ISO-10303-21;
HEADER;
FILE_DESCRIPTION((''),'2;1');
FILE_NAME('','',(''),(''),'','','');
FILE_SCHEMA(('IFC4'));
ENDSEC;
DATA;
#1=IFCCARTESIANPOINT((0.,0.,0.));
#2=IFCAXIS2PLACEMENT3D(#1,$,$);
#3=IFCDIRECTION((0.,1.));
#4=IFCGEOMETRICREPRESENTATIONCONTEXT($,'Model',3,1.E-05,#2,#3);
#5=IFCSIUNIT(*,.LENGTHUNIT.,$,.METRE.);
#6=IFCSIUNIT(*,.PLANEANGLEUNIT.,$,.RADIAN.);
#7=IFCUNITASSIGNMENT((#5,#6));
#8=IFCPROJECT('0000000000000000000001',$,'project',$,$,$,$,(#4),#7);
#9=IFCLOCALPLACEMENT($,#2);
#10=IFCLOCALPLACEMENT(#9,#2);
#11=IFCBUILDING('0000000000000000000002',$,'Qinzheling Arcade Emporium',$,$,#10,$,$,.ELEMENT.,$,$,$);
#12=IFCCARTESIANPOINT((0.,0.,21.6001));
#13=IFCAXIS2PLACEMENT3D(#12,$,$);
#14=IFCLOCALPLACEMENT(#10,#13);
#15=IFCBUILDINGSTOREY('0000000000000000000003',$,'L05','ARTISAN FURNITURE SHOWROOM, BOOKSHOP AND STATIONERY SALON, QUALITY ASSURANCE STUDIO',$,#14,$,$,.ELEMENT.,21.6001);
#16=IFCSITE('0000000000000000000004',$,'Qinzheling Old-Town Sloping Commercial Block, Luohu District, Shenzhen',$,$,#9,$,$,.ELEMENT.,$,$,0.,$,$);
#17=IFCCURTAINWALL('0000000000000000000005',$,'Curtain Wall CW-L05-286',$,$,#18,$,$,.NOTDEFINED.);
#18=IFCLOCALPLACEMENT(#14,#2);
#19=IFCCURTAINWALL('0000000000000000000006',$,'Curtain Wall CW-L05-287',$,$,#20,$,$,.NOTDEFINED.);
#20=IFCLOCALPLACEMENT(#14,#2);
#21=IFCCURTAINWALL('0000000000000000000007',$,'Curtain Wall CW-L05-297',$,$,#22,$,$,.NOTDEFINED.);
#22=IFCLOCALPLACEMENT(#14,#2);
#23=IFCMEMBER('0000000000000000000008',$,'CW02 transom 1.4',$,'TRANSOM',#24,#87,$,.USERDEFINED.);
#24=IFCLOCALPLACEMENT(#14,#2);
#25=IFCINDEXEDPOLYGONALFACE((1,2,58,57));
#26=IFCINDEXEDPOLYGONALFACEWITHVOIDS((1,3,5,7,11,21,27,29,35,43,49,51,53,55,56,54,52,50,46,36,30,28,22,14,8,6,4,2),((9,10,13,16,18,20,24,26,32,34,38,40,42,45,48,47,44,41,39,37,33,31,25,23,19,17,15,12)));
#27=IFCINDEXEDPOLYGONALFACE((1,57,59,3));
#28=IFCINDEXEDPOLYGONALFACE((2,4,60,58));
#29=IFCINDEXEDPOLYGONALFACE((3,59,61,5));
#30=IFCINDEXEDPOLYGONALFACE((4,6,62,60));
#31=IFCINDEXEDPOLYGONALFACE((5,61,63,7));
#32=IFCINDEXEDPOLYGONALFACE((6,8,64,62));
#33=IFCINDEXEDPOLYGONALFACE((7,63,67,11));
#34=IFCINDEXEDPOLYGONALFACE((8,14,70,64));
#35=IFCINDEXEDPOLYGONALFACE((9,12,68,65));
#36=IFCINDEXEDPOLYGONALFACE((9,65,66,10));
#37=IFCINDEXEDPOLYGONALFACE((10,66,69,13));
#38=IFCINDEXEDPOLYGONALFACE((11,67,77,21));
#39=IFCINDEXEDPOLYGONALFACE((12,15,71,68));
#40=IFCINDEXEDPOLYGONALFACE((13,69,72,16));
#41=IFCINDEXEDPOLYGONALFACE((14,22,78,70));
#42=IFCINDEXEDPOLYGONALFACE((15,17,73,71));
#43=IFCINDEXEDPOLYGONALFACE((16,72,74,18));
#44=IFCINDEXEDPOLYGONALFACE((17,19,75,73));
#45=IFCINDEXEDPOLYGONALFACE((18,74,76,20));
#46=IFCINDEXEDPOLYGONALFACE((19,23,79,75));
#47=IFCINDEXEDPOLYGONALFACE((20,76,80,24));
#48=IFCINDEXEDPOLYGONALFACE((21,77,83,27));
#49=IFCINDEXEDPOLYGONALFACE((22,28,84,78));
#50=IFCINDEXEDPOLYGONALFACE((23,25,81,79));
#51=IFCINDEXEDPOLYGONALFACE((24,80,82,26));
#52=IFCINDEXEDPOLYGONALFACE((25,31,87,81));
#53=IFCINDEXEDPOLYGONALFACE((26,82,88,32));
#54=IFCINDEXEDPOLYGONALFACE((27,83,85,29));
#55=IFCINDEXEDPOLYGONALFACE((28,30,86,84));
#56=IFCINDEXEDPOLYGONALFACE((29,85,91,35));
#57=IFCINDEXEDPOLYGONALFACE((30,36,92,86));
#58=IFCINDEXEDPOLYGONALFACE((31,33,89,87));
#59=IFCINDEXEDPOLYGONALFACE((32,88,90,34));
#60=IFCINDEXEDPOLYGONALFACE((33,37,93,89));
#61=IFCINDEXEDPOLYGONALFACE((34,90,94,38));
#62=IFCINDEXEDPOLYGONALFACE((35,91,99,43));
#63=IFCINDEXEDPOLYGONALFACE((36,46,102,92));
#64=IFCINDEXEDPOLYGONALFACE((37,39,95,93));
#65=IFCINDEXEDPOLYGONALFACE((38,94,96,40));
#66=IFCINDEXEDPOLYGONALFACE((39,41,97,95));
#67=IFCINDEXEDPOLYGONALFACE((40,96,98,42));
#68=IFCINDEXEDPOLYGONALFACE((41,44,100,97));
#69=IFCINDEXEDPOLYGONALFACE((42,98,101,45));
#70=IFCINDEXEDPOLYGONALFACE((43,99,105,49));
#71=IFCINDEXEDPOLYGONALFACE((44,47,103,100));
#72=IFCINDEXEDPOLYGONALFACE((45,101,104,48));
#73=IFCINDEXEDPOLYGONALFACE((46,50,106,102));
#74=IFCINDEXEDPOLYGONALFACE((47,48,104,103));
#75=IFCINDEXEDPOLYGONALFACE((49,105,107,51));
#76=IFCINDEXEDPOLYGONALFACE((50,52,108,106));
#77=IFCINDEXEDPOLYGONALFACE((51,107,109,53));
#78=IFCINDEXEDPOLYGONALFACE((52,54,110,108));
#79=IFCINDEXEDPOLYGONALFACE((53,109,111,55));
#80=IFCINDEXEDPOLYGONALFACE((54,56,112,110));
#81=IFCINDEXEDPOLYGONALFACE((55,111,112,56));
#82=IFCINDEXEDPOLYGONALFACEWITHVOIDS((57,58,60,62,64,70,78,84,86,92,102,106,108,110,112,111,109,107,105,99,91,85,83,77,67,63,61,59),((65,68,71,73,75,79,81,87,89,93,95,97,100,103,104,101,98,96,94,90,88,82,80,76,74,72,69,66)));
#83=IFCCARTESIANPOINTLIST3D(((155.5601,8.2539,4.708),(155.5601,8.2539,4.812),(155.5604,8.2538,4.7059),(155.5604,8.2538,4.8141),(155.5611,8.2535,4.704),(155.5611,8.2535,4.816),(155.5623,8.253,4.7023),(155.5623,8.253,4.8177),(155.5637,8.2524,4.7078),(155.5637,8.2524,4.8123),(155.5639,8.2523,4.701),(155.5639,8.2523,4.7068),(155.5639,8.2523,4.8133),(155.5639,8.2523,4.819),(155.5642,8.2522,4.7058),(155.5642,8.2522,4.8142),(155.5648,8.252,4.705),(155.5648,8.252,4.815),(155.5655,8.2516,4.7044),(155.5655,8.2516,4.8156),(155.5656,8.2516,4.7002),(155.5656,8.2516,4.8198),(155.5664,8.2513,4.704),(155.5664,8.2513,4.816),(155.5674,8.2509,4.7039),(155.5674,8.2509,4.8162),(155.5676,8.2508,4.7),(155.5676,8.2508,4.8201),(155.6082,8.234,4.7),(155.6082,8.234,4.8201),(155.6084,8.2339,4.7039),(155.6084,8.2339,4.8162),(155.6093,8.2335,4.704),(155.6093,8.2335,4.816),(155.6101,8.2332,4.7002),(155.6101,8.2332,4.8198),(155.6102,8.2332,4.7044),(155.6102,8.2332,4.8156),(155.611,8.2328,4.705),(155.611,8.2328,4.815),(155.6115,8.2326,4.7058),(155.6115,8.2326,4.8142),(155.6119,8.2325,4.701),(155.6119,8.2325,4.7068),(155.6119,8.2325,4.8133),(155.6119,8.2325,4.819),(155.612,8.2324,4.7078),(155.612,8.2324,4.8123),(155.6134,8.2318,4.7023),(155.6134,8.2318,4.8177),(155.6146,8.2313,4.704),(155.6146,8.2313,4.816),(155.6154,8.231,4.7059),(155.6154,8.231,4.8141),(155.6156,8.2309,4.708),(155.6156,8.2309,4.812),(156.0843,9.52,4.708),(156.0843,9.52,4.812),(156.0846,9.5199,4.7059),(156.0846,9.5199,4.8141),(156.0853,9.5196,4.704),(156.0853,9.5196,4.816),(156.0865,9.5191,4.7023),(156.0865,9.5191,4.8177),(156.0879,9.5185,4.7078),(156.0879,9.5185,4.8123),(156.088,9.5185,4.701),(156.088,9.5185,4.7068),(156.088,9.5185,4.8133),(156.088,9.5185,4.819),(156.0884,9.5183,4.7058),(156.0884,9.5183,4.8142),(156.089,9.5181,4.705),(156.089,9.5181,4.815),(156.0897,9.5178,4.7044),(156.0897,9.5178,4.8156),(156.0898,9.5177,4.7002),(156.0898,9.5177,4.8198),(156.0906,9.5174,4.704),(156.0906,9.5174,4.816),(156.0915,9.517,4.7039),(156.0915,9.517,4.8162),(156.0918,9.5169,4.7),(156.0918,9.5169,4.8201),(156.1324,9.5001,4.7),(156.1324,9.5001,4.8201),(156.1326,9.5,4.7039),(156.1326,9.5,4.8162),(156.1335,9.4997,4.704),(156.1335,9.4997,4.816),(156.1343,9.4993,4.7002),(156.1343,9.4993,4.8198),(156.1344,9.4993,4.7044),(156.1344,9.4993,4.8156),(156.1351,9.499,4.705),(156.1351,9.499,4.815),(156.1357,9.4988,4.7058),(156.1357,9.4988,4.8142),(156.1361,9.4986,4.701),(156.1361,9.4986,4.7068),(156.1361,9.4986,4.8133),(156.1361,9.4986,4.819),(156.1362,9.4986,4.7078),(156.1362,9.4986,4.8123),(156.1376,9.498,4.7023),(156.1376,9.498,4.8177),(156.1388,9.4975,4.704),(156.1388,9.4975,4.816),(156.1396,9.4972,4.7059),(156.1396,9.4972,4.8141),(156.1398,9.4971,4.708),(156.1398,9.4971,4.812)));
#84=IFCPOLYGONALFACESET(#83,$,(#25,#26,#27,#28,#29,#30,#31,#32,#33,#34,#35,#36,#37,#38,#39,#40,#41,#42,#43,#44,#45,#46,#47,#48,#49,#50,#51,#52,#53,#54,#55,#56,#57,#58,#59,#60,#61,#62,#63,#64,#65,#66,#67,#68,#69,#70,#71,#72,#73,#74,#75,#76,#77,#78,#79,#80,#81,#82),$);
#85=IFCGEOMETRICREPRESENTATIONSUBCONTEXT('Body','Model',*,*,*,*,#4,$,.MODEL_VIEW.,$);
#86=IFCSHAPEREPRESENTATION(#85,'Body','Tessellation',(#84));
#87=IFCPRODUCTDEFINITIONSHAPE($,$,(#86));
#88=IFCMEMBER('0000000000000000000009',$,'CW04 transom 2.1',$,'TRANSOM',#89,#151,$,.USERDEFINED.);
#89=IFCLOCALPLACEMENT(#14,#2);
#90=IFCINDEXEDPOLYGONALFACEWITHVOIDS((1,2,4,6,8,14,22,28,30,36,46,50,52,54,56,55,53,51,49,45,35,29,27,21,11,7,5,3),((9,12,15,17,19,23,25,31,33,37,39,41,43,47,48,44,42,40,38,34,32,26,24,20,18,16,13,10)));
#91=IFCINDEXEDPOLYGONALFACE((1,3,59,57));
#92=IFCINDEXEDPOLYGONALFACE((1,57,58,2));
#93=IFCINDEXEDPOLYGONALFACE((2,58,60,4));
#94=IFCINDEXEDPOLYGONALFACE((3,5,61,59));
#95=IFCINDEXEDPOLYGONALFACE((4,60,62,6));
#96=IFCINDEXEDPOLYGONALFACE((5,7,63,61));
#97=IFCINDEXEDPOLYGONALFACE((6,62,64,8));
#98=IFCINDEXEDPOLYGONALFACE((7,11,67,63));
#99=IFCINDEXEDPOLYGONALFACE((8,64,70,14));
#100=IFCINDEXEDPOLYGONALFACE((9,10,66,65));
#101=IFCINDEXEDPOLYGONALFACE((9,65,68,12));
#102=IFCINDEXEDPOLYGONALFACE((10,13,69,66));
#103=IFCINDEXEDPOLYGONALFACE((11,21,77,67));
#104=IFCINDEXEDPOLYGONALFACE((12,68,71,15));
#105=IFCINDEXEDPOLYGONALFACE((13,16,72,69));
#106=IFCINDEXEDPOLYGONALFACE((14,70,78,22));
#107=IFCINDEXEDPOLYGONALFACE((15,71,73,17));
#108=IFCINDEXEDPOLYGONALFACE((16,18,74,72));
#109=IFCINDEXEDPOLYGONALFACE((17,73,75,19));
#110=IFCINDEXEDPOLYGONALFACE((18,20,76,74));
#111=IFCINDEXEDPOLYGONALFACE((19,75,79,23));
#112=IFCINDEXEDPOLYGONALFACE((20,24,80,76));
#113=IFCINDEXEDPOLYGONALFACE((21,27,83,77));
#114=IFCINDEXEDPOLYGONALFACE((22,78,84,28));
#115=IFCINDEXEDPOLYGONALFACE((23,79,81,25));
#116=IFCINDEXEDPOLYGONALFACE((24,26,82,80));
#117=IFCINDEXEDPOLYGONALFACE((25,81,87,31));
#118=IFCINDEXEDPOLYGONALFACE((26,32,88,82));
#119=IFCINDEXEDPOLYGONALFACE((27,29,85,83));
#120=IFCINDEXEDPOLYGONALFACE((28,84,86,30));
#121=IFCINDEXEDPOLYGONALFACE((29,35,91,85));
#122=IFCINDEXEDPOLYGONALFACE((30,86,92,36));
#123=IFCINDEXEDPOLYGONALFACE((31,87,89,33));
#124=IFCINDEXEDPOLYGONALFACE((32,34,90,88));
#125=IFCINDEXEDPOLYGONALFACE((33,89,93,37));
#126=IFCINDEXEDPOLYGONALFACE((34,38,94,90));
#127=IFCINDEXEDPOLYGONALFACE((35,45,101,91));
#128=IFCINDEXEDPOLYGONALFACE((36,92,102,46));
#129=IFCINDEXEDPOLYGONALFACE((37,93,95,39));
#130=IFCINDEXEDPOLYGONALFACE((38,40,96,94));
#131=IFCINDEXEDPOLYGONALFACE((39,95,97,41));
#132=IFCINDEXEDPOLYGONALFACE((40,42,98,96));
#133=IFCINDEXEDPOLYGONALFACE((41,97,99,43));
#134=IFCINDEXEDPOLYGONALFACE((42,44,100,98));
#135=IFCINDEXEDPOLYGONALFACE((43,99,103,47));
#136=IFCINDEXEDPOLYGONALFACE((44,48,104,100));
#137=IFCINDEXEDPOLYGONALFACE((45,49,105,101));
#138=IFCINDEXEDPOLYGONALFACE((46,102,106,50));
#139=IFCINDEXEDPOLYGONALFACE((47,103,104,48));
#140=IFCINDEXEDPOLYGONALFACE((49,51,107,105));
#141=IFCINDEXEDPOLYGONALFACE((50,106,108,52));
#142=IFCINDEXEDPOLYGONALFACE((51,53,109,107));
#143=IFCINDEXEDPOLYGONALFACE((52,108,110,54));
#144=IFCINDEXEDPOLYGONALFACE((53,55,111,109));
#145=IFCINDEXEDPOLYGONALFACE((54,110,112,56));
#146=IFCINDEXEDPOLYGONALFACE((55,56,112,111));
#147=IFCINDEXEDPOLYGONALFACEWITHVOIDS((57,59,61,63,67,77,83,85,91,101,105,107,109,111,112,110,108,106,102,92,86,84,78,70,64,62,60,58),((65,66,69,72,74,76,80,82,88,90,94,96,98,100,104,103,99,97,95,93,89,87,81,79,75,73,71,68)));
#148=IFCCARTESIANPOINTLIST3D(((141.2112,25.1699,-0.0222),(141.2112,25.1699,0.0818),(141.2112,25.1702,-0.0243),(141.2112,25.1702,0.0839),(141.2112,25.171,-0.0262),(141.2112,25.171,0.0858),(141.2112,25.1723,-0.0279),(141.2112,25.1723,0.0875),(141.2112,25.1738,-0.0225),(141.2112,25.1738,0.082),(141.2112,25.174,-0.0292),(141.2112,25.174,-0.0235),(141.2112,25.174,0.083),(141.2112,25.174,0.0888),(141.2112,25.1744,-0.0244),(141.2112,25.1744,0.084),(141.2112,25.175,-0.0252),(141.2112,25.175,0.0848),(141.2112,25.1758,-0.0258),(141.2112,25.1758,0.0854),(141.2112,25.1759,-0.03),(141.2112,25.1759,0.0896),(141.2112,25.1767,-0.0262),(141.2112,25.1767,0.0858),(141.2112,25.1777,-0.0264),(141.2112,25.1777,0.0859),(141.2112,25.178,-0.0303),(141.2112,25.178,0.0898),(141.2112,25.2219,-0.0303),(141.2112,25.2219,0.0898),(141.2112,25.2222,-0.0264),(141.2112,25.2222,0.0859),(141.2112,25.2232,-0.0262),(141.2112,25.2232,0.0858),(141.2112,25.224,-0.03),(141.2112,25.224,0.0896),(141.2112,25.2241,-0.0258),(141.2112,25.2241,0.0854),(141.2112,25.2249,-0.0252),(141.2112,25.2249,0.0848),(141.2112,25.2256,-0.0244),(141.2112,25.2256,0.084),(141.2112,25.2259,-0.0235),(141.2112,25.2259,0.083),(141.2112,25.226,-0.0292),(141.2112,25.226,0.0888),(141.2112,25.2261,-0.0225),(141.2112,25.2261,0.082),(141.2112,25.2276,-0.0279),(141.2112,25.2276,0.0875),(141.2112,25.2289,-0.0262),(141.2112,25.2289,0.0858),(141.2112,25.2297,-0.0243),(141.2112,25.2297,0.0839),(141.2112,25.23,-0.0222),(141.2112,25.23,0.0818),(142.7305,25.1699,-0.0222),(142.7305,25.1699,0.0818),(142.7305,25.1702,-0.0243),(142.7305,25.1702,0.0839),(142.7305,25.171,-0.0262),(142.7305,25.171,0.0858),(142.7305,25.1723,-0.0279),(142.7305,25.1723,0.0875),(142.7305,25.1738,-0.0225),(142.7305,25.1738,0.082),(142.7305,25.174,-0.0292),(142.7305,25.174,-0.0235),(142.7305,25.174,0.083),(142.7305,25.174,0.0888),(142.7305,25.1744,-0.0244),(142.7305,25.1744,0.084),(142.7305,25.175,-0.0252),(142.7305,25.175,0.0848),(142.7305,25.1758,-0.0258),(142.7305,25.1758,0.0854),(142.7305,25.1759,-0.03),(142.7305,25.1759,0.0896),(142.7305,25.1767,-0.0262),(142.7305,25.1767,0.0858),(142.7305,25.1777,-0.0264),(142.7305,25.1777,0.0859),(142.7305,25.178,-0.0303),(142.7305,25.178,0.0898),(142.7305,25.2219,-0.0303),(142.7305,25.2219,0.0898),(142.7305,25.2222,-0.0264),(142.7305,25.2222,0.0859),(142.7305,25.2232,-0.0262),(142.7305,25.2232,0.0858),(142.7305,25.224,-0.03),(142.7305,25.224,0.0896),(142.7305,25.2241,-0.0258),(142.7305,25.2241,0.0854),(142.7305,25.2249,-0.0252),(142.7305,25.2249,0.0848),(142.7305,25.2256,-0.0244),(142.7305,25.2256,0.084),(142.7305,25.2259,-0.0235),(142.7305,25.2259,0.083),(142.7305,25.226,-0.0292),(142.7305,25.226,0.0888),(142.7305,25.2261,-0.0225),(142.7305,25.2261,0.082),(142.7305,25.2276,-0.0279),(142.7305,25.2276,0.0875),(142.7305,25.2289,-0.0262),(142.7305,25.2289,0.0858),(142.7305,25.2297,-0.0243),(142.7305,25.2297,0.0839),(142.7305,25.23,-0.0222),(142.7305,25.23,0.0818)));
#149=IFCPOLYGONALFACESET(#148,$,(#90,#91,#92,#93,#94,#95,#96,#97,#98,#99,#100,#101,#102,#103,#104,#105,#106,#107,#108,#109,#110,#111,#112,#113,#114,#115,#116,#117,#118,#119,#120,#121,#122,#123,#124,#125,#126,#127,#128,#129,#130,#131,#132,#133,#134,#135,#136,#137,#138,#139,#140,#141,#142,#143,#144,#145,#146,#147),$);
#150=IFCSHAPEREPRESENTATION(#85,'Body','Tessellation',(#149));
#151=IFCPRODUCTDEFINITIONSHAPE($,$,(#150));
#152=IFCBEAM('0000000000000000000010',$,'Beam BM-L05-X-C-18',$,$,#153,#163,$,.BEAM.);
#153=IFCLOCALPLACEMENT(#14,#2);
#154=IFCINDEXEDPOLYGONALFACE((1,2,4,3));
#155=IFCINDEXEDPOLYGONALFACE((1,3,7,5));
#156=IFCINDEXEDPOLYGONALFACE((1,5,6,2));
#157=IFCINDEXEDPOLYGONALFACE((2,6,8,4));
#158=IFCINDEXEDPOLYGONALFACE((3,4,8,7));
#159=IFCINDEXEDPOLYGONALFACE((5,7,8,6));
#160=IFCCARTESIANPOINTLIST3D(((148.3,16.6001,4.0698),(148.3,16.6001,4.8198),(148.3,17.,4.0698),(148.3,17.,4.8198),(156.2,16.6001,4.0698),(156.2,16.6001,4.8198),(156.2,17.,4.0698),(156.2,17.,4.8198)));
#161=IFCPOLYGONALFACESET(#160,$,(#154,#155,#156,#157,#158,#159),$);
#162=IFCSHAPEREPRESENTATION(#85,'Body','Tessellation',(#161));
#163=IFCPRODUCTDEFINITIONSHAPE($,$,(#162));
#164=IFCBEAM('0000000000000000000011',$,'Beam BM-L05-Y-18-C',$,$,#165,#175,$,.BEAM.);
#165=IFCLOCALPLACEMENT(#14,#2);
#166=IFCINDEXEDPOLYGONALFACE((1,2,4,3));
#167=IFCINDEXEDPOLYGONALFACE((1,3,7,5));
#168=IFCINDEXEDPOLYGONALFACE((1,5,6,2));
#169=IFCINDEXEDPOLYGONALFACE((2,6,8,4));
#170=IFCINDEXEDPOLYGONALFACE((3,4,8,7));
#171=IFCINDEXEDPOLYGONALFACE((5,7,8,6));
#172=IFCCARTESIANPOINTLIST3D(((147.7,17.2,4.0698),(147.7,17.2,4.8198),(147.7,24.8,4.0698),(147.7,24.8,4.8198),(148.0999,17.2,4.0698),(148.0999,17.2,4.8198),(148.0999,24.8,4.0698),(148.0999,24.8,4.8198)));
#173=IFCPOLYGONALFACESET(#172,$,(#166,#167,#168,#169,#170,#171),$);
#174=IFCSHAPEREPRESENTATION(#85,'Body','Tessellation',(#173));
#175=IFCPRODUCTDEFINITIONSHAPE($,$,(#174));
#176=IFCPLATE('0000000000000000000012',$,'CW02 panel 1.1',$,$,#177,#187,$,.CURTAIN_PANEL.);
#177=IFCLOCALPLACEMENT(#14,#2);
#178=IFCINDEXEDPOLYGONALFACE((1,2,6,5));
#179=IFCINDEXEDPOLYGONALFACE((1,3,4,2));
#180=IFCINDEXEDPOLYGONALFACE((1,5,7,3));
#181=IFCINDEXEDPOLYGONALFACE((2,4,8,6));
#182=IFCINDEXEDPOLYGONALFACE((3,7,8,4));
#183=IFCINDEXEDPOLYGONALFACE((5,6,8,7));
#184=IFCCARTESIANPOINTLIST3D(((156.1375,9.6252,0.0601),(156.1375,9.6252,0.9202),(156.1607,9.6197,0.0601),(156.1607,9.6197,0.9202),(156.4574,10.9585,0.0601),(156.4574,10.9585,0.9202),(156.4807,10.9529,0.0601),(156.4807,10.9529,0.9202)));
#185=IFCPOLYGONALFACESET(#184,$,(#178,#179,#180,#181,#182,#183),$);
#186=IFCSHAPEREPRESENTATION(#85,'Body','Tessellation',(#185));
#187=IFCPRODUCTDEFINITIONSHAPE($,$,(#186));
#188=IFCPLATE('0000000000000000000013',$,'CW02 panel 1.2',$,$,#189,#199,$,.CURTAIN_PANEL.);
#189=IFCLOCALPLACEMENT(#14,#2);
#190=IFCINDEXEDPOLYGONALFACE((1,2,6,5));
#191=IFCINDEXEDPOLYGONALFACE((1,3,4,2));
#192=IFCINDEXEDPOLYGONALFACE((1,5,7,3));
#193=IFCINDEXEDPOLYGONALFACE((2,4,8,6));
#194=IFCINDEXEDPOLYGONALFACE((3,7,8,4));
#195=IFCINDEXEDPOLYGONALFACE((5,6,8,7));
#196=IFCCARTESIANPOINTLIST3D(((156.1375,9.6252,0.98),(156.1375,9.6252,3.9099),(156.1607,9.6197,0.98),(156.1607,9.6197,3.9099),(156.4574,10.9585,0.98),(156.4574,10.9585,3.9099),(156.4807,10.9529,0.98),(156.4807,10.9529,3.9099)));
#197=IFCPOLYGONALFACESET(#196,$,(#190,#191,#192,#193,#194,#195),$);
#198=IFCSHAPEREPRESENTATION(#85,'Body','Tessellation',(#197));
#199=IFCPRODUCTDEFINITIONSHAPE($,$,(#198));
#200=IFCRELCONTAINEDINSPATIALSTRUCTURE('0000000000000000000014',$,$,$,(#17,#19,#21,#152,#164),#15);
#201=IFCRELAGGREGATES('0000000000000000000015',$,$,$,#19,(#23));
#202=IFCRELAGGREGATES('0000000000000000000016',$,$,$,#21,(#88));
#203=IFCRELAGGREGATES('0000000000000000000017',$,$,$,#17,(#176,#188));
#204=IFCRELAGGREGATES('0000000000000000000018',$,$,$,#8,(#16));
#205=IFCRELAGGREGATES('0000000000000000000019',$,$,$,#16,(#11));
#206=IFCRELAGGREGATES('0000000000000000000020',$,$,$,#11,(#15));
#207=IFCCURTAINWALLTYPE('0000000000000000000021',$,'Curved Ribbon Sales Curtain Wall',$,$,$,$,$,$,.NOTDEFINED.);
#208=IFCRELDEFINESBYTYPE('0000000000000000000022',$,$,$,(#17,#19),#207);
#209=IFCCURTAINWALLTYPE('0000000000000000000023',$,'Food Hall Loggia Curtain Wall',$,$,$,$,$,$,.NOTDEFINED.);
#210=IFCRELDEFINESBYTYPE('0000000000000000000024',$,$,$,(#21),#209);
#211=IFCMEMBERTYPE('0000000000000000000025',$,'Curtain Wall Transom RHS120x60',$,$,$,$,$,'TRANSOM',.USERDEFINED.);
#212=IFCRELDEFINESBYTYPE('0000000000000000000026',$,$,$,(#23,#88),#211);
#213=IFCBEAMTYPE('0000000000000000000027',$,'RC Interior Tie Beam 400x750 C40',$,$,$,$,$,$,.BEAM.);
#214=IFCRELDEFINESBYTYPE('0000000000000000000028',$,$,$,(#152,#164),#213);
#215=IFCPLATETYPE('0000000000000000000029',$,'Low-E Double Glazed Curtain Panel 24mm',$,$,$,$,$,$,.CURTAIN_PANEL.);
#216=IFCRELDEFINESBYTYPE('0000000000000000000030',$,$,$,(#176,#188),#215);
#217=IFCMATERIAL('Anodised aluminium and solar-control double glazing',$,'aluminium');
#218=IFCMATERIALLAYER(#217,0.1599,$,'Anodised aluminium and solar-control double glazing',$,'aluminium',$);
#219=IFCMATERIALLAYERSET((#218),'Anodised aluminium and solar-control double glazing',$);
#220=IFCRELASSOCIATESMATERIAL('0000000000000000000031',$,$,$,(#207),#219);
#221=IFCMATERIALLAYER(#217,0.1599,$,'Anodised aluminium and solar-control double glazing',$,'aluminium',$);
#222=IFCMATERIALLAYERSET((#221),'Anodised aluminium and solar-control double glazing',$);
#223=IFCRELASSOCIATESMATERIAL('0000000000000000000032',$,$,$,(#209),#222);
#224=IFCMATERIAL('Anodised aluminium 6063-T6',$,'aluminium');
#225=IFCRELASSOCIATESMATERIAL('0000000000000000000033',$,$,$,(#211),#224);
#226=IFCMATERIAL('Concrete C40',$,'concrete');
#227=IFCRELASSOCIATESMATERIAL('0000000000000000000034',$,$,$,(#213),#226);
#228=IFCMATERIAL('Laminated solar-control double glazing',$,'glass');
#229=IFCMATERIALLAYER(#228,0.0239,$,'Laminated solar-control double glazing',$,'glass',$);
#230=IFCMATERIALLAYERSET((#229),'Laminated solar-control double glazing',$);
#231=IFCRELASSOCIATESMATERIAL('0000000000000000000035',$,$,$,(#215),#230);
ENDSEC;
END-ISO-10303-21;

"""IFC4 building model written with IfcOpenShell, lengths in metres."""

from ifc_helpers import new_model, si_unit, direction, frame, origin, origin_2d, place, context, subcontext, project, spatial, rectangle, hollow_rectangle, extrude, material, layer, layer_set, material_profile, profile_set, type_object, element, aggregate, save


model = new_model("IFC4")

# Units and contexts
model_context = context("Model", 3, precision=1e-05, world=origin(), true_north=direction((0.0, 1.0)))
body_context = subcontext(model_context, "Body", "Model", "MODEL_VIEW")
ifc_project = project(units=[si_unit("LENGTHUNIT", "METRE"), si_unit("PLANEANGLEUNIT", "RADIAN")], contexts=[model_context])

# Site, building, storey
site_placement = place(None, origin())
site = spatial("IfcSite", under=ifc_project, at=site_placement, Name="Qinzheling Old-Town Sloping Commercial Block, Luohu District, Shenzhen", CompositionType="ELEMENT", RefElevation=0.0)
building_placement = place(site_placement, origin())
building = spatial("IfcBuilding", under=site, at=building_placement, Name="Qinzheling Arcade Emporium", CompositionType="ELEMENT")
storey_placement = place(building_placement, frame((0.0, 0.0, 21.6001)))
storey = spatial("IfcBuildingStorey", under=building, at=storey_placement, Name="L05", Description="ARTISAN FURNITURE SHOWROOM, BOOKSHOP AND STATIONERY SALON, QUALITY ASSURANCE STUDIO", CompositionType="ELEMENT", Elevation=21.6001)

# Shared definitions
ifc_material_1 = material(Name="Concrete C40", Category="concrete")

# Curtain wall
ifc_material_2 = material(Name="Anodised aluminium and solar-control double glazing", Category="aluminium")
ifc_layer_1 = layer(ifc_material_2, 0.1599, Name="Anodised aluminium and solar-control double glazing", Category="aluminium")
ifc_layer_set_1 = layer_set([ifc_layer_1], Name="Anodised aluminium and solar-control double glazing")
curtain_wall_type_1 = type_object("IfcCurtainWallType", Name="Curved Ribbon Sales Curtain Wall", PredefinedType="NOTDEFINED", material=ifc_layer_set_1)
curtain_wall_1_placement = place(storey_placement, origin())
curtain_wall_1 = element("IfcCurtainWall", 1, at=curtain_wall_1_placement, inside=storey, type_object=curtain_wall_type_1, Name="Curtain Wall CW-L05-286", PredefinedType="NOTDEFINED")
ifc_material_3 = material(Name="Anodised aluminium 6063-T6", Category="aluminium")

# Curtain walls
curtain_wall_2_placement = place(storey_placement, origin())
curtain_wall_2 = element("IfcCurtainWall", 2, at=curtain_wall_2_placement, inside=storey, type_object=curtain_wall_type_1, Name="Curtain Wall CW-L05-287", PredefinedType="NOTDEFINED")
ifc_layer_2 = layer(ifc_material_2, 0.1599, Name="Anodised aluminium and solar-control double glazing", Category="aluminium")
ifc_layer_set_2 = layer_set([ifc_layer_2], Name="Anodised aluminium and solar-control double glazing")
curtain_wall_type_2 = type_object("IfcCurtainWallType", Name="Food Hall Loggia Curtain Wall", PredefinedType="NOTDEFINED", material=ifc_layer_set_2)
curtain_wall_3_placement = place(storey_placement, origin())
curtain_wall_3 = element("IfcCurtainWall", 3, at=curtain_wall_3_placement, inside=storey, type_object=curtain_wall_type_2, Name="Curtain Wall CW-L05-297", PredefinedType="NOTDEFINED")

# Members
ifc_material_profile_1 = material_profile(ifc_material_3, hollow_rectangle(XDim=0.0601, YDim=0.1201, WallThickness=0.0039, InnerFilletRadius=0.0039, OuterFilletRadius=0.0081, at=origin_2d()), Name="RHS 120x60x4", Category="aluminium")
ifc_profile_set_1 = profile_set([ifc_material_profile_1], Name="Anodised aluminium 6063-T6")
member_type_1 = type_object("IfcMemberType", Name="Curtain Wall Transom RHS120x60", ElementType="TRANSOM", PredefinedType="USERDEFINED", material=ifc_profile_set_1)
member_1_placement = place(storey_placement, frame((156.1121, 9.5085, 4.76), z_axis=(-0.382514, -0.92395, 0.0), x_axis=(0.92395, -0.382514, 0.0)))
member_1 = element("IfcMember", 4, at=member_1_placement, type_object=member_type_1, Name="CW02 transom 1.4", ObjectType="TRANSOM", PredefinedType="USERDEFINED", context=body_context, shape_type="SweptSolid", body=[
    extrude(hollow_rectangle(XDim=0.0601, YDim=0.1201, WallThickness=0.0039, InnerFilletRadius=0.0039, OuterFilletRadius=0.0081, at=origin_2d()), origin(), (0.0, 0.0, 1.0), 1.3704),
])
aggregate(curtain_wall_2, [member_1])
member_2_placement = place(storey_placement, frame((141.2112, 25.2, 0.0298), z_axis=(1.0, 0.0, 0.0), x_axis=(0.0, 1.0, 0.0)))
member_2 = element("IfcMember", 5, at=member_2_placement, type_object=member_type_1, Name="CW04 transom 2.1", ObjectType="TRANSOM", PredefinedType="USERDEFINED", context=body_context, shape_type="SweptSolid", body=[
    extrude(hollow_rectangle(XDim=0.0601, YDim=0.1201, WallThickness=0.0039, InnerFilletRadius=0.0039, OuterFilletRadius=0.0081, at=origin_2d()), origin(), (0.0, 0.0, 1.0), 1.5193),
])
aggregate(curtain_wall_3, [member_2])

# Beams
ifc_material_profile_2 = material_profile(ifc_material_1, rectangle(XDim=0.3999, YDim=0.75, at=origin_2d()), Name="RC 400x750", Category="concrete")
ifc_profile_set_2 = profile_set([ifc_material_profile_2], Name="Concrete C40")
beam_type = type_object("IfcBeamType", Name="RC Interior Tie Beam 400x750 C40", PredefinedType="BEAM", material=ifc_profile_set_2)
beam_1_placement = place(storey_placement, frame((148.3, 16.8, 4.4448), z_axis=(1.0, 0.0, 0.0), x_axis=(0.0, 1.0, 0.0)))
element("IfcBeam", 6, at=beam_1_placement, inside=storey, type_object=beam_type, Name="Beam BM-L05-X-C-18", PredefinedType="BEAM", context=body_context, shape_type="SweptSolid", body=[
    extrude(rectangle(XDim=0.3999, YDim=0.75, at=origin_2d()), origin(), (0.0, 0.0, 1.0), 7.8999),
])
beam_2_placement = place(storey_placement, frame((147.8999, 17.2, 4.4448), z_axis=(0.0, 1.0, 0.0), x_axis=(-1.0, 0.0, 0.0)))
element("IfcBeam", 7, at=beam_2_placement, inside=storey, type_object=beam_type, Name="Beam BM-L05-Y-18-C", PredefinedType="BEAM", context=body_context, shape_type="SweptSolid", body=[
    extrude(rectangle(XDim=0.3999, YDim=0.75, at=origin_2d()), origin(), (0.0, 0.0, 1.0), 7.6001),
])

# Plates
ifc_material_4 = material(Name="Laminated solar-control double glazing", Category="glass")
ifc_layer_3 = layer(ifc_material_4, 0.0239, Name="Laminated solar-control double glazing", Category="glass")
ifc_layer_set_3 = layer_set([ifc_layer_3], Name="Laminated solar-control double glazing")
plate_type = type_object("IfcPlateType", Name="Low-E Double Glazed Curtain Panel 24mm", PredefinedType="CURTAIN_PANEL", material=ifc_layer_set_3)
plate_1_placement = place(storey_placement, frame((156.3091, 10.2891, 0.0601), z_axis=(0.0, 0.0, 1.0), x_axis=(-0.233373, -0.972387, 0.0)))
plate_1 = element("IfcPlate", 8, at=plate_1_placement, type_object=plate_type, Name="CW02 panel 1.1", PredefinedType="CURTAIN_PANEL", context=body_context, shape_type="SweptSolid", body=[
    extrude(rectangle(XDim=1.3711, YDim=0.0239, at=origin_2d()), origin(), (0.0, 0.0, 1.0), 0.8601),
])
plate_2_placement = place(storey_placement, frame((156.3091, 10.2891, 0.98), z_axis=(0.0, 0.0, 1.0), x_axis=(-0.233373, -0.972387, 0.0)))
plate_2 = element("IfcPlate", 9, at=plate_2_placement, type_object=plate_type, Name="CW02 panel 1.2", PredefinedType="CURTAIN_PANEL", context=body_context, shape_type="SweptSolid", body=[
    extrude(rectangle(XDim=1.3711, YDim=0.0239, at=origin_2d()), origin(), (0.0, 0.0, 1.0), 2.9299),
])
aggregate(curtain_wall_1, [plate_1, plate_2])

save(model, "model.ifc")
